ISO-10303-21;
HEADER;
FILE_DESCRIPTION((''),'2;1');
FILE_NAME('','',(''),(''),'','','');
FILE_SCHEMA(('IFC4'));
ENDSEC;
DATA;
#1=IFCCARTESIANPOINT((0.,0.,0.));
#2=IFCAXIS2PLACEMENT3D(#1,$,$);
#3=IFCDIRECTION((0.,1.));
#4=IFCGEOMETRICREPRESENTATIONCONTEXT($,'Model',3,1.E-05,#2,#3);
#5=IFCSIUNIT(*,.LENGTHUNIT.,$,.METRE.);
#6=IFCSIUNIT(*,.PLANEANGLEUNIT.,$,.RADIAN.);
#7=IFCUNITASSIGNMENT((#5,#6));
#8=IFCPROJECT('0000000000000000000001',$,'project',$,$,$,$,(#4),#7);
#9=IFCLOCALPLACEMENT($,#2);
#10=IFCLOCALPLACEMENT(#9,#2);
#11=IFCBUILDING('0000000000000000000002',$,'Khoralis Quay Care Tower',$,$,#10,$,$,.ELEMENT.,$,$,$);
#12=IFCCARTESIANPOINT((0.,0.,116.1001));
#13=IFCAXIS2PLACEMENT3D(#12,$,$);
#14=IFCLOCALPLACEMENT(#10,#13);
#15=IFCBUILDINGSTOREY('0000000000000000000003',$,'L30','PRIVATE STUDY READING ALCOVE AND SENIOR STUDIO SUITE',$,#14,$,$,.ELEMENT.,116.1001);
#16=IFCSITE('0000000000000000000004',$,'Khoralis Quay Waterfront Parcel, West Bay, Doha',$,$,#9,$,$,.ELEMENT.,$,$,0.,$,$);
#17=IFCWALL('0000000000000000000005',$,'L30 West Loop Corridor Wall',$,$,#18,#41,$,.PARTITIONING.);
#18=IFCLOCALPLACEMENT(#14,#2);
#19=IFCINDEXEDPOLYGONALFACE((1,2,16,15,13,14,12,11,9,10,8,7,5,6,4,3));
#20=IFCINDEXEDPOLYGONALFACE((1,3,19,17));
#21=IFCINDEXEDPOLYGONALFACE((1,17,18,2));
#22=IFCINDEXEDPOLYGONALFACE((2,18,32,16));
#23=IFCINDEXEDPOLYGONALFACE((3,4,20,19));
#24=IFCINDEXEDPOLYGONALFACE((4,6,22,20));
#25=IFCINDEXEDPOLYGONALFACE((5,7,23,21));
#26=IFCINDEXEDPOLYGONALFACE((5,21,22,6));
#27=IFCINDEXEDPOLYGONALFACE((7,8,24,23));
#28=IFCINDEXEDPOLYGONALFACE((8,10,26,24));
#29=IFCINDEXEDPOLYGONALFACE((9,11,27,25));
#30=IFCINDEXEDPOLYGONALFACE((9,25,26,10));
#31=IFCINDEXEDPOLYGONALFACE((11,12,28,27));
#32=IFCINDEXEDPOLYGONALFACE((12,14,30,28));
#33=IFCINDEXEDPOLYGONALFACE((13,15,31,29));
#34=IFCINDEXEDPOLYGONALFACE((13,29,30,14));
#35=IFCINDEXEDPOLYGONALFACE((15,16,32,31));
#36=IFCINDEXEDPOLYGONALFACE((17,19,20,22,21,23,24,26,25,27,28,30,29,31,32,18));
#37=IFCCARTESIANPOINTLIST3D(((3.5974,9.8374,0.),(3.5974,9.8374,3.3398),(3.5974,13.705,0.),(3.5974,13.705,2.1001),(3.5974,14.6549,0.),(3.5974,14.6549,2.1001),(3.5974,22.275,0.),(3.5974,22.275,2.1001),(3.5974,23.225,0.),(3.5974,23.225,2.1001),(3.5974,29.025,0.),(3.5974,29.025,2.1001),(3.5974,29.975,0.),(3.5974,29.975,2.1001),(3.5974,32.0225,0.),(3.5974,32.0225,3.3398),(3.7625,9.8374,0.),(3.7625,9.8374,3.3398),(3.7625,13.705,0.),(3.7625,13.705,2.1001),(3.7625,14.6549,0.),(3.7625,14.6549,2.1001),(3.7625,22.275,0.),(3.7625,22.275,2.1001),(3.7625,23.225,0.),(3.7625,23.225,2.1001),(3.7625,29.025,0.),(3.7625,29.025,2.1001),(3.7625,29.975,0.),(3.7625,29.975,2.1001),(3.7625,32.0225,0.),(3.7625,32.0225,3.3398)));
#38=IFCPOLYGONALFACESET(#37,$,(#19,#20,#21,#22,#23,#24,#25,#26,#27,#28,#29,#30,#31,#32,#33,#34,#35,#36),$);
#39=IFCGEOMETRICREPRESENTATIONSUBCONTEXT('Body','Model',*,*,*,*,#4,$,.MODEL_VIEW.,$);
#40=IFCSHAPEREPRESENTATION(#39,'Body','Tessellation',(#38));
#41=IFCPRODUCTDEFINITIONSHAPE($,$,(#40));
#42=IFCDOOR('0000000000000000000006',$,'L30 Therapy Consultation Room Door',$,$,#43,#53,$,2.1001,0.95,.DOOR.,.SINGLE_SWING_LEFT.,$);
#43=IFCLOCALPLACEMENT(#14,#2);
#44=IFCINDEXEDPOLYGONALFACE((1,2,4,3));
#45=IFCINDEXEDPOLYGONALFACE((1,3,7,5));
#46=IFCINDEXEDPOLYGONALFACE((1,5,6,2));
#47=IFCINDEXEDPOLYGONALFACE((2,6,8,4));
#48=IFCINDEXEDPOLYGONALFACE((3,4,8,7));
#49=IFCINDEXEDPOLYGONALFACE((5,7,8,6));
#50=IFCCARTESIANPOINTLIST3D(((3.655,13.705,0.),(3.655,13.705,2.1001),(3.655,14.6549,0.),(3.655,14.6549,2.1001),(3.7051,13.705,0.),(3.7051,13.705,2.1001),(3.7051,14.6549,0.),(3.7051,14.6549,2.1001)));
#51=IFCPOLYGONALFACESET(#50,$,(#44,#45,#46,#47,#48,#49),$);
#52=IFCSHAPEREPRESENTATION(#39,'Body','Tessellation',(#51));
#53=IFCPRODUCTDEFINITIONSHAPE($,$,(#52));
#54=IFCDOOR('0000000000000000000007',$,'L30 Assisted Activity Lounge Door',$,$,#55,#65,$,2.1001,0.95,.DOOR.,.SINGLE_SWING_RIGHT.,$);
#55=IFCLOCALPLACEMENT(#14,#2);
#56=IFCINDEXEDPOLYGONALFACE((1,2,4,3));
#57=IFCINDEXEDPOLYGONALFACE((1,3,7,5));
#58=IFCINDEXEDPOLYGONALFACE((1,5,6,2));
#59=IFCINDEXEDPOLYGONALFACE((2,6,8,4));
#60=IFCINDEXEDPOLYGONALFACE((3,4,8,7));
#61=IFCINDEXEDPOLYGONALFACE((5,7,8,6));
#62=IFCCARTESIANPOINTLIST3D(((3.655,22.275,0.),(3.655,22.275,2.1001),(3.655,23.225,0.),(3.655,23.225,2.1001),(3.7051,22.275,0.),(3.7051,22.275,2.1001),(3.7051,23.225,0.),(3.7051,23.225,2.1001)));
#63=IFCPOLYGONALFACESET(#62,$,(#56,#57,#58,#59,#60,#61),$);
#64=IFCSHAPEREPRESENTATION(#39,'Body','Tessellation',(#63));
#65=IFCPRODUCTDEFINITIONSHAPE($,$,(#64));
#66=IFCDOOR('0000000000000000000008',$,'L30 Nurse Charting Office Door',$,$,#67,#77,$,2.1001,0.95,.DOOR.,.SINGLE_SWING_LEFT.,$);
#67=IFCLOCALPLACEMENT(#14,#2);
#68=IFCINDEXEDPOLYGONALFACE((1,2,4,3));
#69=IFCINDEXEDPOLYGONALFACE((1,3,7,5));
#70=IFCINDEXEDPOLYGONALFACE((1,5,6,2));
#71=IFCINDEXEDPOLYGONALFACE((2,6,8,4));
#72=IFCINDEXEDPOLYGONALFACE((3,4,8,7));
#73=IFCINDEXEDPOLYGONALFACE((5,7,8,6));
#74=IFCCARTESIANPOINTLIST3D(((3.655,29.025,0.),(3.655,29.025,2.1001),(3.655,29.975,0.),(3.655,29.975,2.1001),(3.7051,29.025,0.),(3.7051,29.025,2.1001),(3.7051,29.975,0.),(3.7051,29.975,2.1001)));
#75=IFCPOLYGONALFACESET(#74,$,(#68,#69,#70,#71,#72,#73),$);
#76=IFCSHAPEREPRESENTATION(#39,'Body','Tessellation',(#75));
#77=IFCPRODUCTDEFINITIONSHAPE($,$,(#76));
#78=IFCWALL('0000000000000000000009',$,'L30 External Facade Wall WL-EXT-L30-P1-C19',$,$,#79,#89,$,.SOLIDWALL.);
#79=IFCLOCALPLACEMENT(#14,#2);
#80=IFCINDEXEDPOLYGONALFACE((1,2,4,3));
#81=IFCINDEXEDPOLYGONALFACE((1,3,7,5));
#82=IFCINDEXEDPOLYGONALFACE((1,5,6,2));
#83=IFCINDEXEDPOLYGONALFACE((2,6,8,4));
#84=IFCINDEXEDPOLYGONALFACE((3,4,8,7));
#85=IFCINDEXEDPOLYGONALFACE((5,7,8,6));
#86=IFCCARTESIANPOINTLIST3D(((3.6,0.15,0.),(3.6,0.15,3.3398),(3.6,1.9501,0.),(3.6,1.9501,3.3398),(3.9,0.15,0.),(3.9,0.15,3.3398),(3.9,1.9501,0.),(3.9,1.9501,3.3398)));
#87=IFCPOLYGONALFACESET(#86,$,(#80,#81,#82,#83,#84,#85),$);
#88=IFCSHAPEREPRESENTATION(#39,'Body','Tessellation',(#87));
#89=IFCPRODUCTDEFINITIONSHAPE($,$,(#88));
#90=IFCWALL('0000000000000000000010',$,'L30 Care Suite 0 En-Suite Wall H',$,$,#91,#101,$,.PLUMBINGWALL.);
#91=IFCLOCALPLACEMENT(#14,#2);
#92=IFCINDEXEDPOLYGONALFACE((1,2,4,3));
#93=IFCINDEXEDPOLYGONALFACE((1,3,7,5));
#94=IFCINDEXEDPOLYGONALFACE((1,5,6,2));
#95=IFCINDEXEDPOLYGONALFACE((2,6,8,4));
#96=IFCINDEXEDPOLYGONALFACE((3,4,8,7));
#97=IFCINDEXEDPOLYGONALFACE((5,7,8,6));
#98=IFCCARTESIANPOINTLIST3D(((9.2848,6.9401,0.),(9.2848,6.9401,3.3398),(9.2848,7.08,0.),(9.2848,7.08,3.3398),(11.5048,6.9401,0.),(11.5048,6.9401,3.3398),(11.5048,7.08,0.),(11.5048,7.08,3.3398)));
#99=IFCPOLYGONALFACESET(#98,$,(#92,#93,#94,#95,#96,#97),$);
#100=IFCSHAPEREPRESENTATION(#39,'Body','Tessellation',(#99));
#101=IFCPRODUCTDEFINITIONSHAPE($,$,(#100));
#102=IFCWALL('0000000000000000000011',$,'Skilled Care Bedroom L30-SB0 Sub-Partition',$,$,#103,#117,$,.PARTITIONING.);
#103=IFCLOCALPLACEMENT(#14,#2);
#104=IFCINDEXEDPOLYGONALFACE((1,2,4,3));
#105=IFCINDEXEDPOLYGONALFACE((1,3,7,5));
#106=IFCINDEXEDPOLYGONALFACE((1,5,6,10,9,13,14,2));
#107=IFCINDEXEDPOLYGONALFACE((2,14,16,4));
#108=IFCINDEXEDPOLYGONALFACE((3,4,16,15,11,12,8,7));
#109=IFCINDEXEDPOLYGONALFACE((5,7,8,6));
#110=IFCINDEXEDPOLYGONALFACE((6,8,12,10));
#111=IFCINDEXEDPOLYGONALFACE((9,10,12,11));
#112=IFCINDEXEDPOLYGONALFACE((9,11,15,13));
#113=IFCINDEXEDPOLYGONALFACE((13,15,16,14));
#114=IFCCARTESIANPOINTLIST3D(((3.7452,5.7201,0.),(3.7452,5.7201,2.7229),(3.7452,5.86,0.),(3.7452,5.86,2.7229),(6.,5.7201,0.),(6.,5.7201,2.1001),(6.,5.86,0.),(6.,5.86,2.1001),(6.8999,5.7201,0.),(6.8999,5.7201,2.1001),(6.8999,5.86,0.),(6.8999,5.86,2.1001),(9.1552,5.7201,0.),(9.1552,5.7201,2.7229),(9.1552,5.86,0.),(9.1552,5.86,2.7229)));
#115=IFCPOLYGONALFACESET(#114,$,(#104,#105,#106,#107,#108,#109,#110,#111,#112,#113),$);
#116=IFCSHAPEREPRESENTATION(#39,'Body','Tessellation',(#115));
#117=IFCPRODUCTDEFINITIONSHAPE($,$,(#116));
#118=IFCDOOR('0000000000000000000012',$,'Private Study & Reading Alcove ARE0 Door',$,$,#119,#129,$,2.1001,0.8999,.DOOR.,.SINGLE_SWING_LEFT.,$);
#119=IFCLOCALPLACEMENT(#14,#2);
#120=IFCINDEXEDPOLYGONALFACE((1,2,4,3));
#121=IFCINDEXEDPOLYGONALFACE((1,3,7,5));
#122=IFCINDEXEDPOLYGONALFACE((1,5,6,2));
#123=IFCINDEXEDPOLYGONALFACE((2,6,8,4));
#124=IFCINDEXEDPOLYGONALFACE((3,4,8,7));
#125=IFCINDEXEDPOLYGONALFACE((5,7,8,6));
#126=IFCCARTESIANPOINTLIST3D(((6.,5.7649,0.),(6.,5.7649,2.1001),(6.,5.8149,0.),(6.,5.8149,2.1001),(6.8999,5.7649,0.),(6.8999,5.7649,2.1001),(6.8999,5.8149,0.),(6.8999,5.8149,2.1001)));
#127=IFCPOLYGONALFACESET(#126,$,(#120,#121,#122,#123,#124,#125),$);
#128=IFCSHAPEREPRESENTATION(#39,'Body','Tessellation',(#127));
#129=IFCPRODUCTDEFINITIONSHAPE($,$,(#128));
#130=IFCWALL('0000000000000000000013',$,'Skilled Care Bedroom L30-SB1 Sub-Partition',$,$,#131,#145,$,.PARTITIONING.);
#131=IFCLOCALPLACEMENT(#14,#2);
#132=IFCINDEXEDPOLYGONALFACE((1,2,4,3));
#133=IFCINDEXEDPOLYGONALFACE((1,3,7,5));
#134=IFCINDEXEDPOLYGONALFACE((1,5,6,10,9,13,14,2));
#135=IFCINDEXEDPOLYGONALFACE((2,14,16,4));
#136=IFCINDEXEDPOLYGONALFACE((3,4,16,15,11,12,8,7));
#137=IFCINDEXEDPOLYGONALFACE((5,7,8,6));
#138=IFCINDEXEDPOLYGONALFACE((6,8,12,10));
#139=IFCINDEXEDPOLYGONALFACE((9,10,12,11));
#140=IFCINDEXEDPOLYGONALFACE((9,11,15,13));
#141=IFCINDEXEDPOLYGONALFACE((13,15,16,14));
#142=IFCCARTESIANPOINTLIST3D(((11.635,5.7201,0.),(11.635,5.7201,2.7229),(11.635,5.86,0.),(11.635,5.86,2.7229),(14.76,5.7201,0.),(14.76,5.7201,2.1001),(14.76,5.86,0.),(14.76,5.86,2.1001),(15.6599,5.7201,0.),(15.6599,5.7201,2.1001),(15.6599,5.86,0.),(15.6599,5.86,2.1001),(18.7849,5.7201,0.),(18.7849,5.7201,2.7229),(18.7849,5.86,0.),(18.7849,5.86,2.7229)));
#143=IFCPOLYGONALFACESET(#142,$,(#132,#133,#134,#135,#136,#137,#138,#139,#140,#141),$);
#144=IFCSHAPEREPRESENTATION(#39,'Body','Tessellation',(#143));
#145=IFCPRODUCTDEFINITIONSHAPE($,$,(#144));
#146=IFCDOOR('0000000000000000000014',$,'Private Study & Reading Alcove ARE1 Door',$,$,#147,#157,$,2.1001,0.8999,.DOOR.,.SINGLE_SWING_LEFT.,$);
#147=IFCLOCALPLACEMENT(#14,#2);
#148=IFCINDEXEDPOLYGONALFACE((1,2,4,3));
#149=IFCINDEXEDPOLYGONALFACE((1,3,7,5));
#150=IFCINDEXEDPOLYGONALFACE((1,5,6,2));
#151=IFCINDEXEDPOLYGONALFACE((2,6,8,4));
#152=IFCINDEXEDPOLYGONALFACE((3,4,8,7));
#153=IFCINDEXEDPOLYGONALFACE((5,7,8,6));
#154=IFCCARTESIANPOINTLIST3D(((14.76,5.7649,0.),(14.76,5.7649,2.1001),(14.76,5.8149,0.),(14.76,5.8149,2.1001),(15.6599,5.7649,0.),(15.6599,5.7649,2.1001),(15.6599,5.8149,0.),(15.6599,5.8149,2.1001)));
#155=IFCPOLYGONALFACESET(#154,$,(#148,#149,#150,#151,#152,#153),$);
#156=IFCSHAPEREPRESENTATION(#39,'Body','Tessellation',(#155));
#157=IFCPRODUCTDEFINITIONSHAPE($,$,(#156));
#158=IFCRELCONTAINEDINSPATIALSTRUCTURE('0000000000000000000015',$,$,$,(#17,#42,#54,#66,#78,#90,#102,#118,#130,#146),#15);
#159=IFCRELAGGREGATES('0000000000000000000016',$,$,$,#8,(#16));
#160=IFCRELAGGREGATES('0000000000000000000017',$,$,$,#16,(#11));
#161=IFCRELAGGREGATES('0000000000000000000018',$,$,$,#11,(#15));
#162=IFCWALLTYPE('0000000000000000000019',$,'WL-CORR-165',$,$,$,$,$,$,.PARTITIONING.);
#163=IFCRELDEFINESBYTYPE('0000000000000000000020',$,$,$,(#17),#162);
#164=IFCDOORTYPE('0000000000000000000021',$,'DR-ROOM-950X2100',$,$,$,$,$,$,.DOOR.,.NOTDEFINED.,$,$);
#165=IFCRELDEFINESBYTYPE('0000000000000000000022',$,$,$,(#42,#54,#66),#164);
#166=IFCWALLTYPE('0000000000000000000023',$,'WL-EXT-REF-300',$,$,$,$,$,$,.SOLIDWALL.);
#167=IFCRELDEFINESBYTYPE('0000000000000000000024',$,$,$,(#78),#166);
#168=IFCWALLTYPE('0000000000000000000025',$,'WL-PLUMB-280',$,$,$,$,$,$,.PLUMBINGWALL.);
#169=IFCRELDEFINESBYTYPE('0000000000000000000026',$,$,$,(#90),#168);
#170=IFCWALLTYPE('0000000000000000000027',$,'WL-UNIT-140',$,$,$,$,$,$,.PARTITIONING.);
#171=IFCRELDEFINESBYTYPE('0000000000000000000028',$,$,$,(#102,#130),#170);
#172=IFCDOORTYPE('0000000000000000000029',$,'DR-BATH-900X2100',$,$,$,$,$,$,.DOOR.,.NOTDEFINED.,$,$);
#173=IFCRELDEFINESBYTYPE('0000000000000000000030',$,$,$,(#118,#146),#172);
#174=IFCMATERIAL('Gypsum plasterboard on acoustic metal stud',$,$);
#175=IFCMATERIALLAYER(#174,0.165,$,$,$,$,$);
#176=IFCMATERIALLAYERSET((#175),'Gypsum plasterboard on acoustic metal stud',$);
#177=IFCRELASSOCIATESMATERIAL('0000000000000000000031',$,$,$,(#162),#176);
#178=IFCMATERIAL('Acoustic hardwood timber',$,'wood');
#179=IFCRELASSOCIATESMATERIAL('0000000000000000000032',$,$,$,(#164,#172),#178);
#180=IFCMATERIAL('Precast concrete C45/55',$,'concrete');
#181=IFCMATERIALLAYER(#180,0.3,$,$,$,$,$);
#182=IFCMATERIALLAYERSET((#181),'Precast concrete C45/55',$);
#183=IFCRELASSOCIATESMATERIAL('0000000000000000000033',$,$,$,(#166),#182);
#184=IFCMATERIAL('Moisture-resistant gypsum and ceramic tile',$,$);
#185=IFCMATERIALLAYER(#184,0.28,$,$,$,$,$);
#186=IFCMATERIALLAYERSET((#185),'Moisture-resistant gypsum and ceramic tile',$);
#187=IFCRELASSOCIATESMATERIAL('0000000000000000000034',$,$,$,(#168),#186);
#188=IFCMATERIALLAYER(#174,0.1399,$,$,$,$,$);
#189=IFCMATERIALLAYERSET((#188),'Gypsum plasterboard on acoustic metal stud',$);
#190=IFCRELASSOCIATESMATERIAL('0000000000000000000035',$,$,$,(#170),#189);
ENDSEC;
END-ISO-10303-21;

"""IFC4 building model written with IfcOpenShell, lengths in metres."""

from ifc_helpers import new_model, si_unit, direction, frame, frame_2d, origin, place, context, subcontext, project, spatial, rectangle, extrude, source, transform, mapped, material, layer, layer_set, type_object, element, fill, save


model = new_model("IFC4")

# Units and contexts
model_context = context("Model", 3, precision=1e-05, world=origin(), true_north=direction((0.0, 1.0)))
body_context = subcontext(model_context, "Body", "Model", "MODEL_VIEW")
ifc_project = project(units=[si_unit("LENGTHUNIT", "METRE"), si_unit("PLANEANGLEUNIT", "RADIAN")], contexts=[model_context])

# Site, building, storey
site_placement = place(None, origin())
site = spatial("IfcSite", under=ifc_project, at=site_placement, Name="Khoralis Quay Waterfront Parcel, West Bay, Doha", CompositionType="ELEMENT", RefElevation=0.0)
building_placement = place(site_placement, origin())
building = spatial("IfcBuilding", under=site, at=building_placement, Name="Khoralis Quay Care Tower", CompositionType="ELEMENT")
storey_placement = place(building_placement, frame((0.0, 0.0, 116.1001)))
storey = spatial("IfcBuildingStorey", under=building, at=storey_placement, Name="L30", Description="PRIVATE STUDY READING ALCOVE AND SENIOR STUDIO SUITE", CompositionType="ELEMENT", Elevation=116.1001)

# Shared definitions
ifc_material_1 = material(Name="Gypsum plasterboard on acoustic metal stud")

# Wall, openings, doors
ifc_layer_1 = layer(ifc_material_1, 0.165)
ifc_layer_set_1 = layer_set([ifc_layer_1], Name="Gypsum plasterboard on acoustic metal stud")
wall_type_1 = type_object("IfcWallType", Name="WL-CORR-165", PredefinedType="PARTITIONING", material=ifc_layer_set_1)
wall_1_placement = place(storey_placement, frame((3.6799, 9.8374, 0.0), z_axis=(0.0, 0.0, 1.0), x_axis=(0.0, 1.0, 0.0)))
wall_1 = element("IfcWall", 1, at=wall_1_placement, inside=storey, type_object=wall_type_1, Name="L30 West Loop Corridor Wall", PredefinedType="PARTITIONING", context=body_context, shape_type="SweptSolid", body=[
    extrude(rectangle(XDim=22.1851, YDim=0.165, at=frame_2d((11.0925, 0.0))), origin(), (0.0, 0.0, 1.0), 3.3398),
])
opening_1_placement = place(wall_1_placement, frame((3.8674, 0.0, 0.0)))
opening_1 = element("IfcOpeningElement", 2, at=opening_1_placement, cuts=wall_1, PredefinedType="OPENING", context=body_context, shape_type="SweptSolid", body=[
    extrude(rectangle(XDim=0.95, YDim=2.1001, at=frame_2d((0.4751, 1.05))), frame((0.0, 0.0925, 0.0), z_axis=(0.0, -1.0, 0.0), x_axis=(1.0, 0.0, 0.0)), (0.0, 0.0, 1.0), 0.1851),
])
opening_2_placement = place(wall_1_placement, frame((12.4375, 0.0, 0.0)))
opening_2 = element("IfcOpeningElement", 3, at=opening_2_placement, cuts=wall_1, PredefinedType="OPENING", context=body_context, shape_type="SweptSolid", body=[
    extrude(rectangle(XDim=0.95, YDim=2.1001, at=frame_2d((0.4751, 1.05))), frame((0.0, 0.0925, 0.0), z_axis=(0.0, -1.0, 0.0), x_axis=(1.0, 0.0, 0.0)), (0.0, 0.0, 1.0), 0.1851),
])
opening_3_placement = place(wall_1_placement, frame((19.1875, 0.0, 0.0)))
opening_3 = element("IfcOpeningElement", 4, at=opening_3_placement, cuts=wall_1, PredefinedType="OPENING", context=body_context, shape_type="SweptSolid", body=[
    extrude(rectangle(XDim=0.95, YDim=2.1001, at=frame_2d((0.4751, 1.05))), frame((0.0, 0.0925, 0.0), z_axis=(0.0, -1.0, 0.0), x_axis=(1.0, 0.0, 0.0)), (0.0, 0.0, 1.0), 0.1851),
])
ifc_material_2 = material(Name="Acoustic hardwood timber", Category="wood")
door_type_1 = type_object("IfcDoorType", Name="DR-ROOM-950X2100", OperationType="NOTDEFINED", PredefinedType="DOOR", material=ifc_material_2)
shared_shape_1 = source(origin(), body_context, "Body", "SweptSolid", [
    extrude(rectangle(XDim=0.95, YDim=2.1001, at=frame_2d((0.4751, 1.05))), frame((0.0, 0.0249, 0.0), z_axis=(0.0, -1.0, 0.0), x_axis=(1.0, 0.0, 0.0)), (0.0, 0.0, 1.0), 0.05),
])
door_1_placement = place(opening_1_placement, origin())
door_1 = element("IfcDoor", 5, at=door_1_placement, inside=storey, type_object=door_type_1, Name="L30 Therapy Consultation Room Door", OperationType="SINGLE_SWING_LEFT", OverallHeight=2.1001, OverallWidth=0.95, PredefinedType="DOOR", context=body_context, shape_type="MappedRepresentation", body=[
    mapped(shared_shape_1, transform((0.0, 0.0, 0.0), scale=1.0)),
])
fill(opening_1, door_1)
door_2_placement = place(opening_2_placement, origin())
door_2 = element("IfcDoor", 6, at=door_2_placement, inside=storey, type_object=door_type_1, Name="L30 Assisted Activity Lounge Door", OperationType="SINGLE_SWING_RIGHT", OverallHeight=2.1001, OverallWidth=0.95, PredefinedType="DOOR", context=body_context, shape_type="MappedRepresentation", body=[
    mapped(shared_shape_1, transform((0.0, 0.0, 0.0), scale=1.0)),
])
fill(opening_2, door_2)
door_3_placement = place(opening_3_placement, origin())
door_3 = element("IfcDoor", 7, at=door_3_placement, inside=storey, type_object=door_type_1, Name="L30 Nurse Charting Office Door", OperationType="SINGLE_SWING_LEFT", OverallHeight=2.1001, OverallWidth=0.95, PredefinedType="DOOR", context=body_context, shape_type="MappedRepresentation", body=[
    mapped(shared_shape_1, transform((0.0, 0.0, 0.0), scale=1.0)),
])
fill(opening_3, door_3)

# Walls
ifc_material_3 = material(Name="Precast concrete C45/55", Category="concrete")
ifc_layer_2 = layer(ifc_material_3, 0.3)
ifc_layer_set_2 = layer_set([ifc_layer_2], Name="Precast concrete C45/55")
wall_type_2 = type_object("IfcWallType", Name="WL-EXT-REF-300", PredefinedType="SOLIDWALL", material=ifc_layer_set_2)
wall_2_placement = place(storey_placement, frame((3.75, 1.95, 0.0), z_axis=(0.0, 0.0, 1.0), x_axis=(0.0, -1.0, 0.0)))
element("IfcWall", 8, at=wall_2_placement, inside=storey, type_object=wall_type_2, Name="L30 External Facade Wall WL-EXT-L30-P1-C19", PredefinedType="SOLIDWALL", context=body_context, shape_type="SweptSolid", body=[
    extrude(rectangle(XDim=1.8, YDim=0.3, at=frame_2d((0.8999, 0.0))), origin(), (0.0, 0.0, 1.0), 3.3398),
])
ifc_material_4 = material(Name="Moisture-resistant gypsum and ceramic tile")
ifc_layer_3 = layer(ifc_material_4, 0.28)
ifc_layer_set_3 = layer_set([ifc_layer_3], Name="Moisture-resistant gypsum and ceramic tile")
wall_type_3 = type_object("IfcWallType", Name="WL-PLUMB-280", PredefinedType="PLUMBINGWALL", material=ifc_layer_set_3)
wall_3_placement = place(storey_placement, frame((9.2849, 7.01, 0.0), z_axis=(0.0, 0.0, 1.0), x_axis=(1.0, 0.0, 0.0)))
element("IfcWall", 9, at=wall_3_placement, inside=storey, type_object=wall_type_3, Name="L30 Care Suite 0 En-Suite Wall H", PredefinedType="PLUMBINGWALL", context=body_context, shape_type="SweptSolid", body=[
    extrude(rectangle(XDim=2.22, YDim=0.1399, at=frame_2d((1.1099, 0.0))), origin(), (0.0, 0.0, 1.0), 3.3398),
])

# Walls, openings, doors
ifc_layer_4 = layer(ifc_material_1, 0.1399)
ifc_layer_set_4 = layer_set([ifc_layer_4], Name="Gypsum plasterboard on acoustic metal stud")
wall_type_4 = type_object("IfcWallType", Name="WL-UNIT-140", PredefinedType="PARTITIONING", material=ifc_layer_set_4)
wall_4_placement = place(storey_placement, frame((3.7451, 5.79, 0.0), z_axis=(0.0, 0.0, 1.0), x_axis=(1.0, 0.0, 0.0)))
wall_4 = element("IfcWall", 10, at=wall_4_placement, inside=storey, type_object=wall_type_4, Name="Skilled Care Bedroom L30-SB0 Sub-Partition", PredefinedType="PARTITIONING", context=body_context, shape_type="SweptSolid", body=[
    extrude(rectangle(XDim=5.4099, YDim=0.1399, at=frame_2d((2.7051, 0.0))), origin(), (0.0, 0.0, 1.0), 2.7229),
])
opening_4_placement = place(wall_4_placement, frame((2.2549, 0.0, 0.0)))
opening_4 = element("IfcOpeningElement", 11, at=opening_4_placement, cuts=wall_4, PredefinedType="OPENING", context=body_context, shape_type="SweptSolid", body=[
    extrude(rectangle(XDim=0.8999, YDim=2.1001, at=frame_2d((0.45, 1.05))), frame((0.0, 0.0801, 0.0), z_axis=(0.0, -1.0, 0.0), x_axis=(1.0, 0.0, 0.0)), (0.0, 0.0, 1.0), 0.1599),
])
door_type_2 = type_object("IfcDoorType", Name="DR-BATH-900X2100", OperationType="NOTDEFINED", PredefinedType="DOOR", material=ifc_material_2)
shared_shape_2 = source(origin(), body_context, "Body", "SweptSolid", [
    extrude(rectangle(XDim=0.8999, YDim=2.1001, at=frame_2d((0.45, 1.05))), frame((0.0, 0.0249, 0.0), z_axis=(0.0, -1.0, 0.0), x_axis=(1.0, 0.0, 0.0)), (0.0, 0.0, 1.0), 0.05),
])
door_4_placement = place(opening_4_placement, origin())
door_4 = element("IfcDoor", 12, at=door_4_placement, inside=storey, type_object=door_type_2, Name="Private Study & Reading Alcove ARE0 Door", OperationType="SINGLE_SWING_LEFT", OverallHeight=2.1001, OverallWidth=0.8999, PredefinedType="DOOR", context=body_context, shape_type="MappedRepresentation", body=[
    mapped(shared_shape_2, transform((0.0, 0.0, 0.0), scale=1.0)),
])
fill(opening_4, door_4)
wall_5_placement = place(storey_placement, frame((11.635, 5.79, 0.0), z_axis=(0.0, 0.0, 1.0), x_axis=(1.0, 0.0, 0.0)))
wall_5 = element("IfcWall", 13, at=wall_5_placement, inside=storey, type_object=wall_type_4, Name="Skilled Care Bedroom L30-SB1 Sub-Partition", PredefinedType="PARTITIONING", context=body_context, shape_type="SweptSolid", body=[
    extrude(rectangle(XDim=7.1499, YDim=0.1399, at=frame_2d((3.575, 0.0))), origin(), (0.0, 0.0, 1.0), 2.7229),
])
opening_5_placement = place(wall_5_placement, frame((3.125, 0.0, 0.0)))
opening_5 = element("IfcOpeningElement", 14, at=opening_5_placement, cuts=wall_5, PredefinedType="OPENING", context=body_context, shape_type="SweptSolid", body=[
    extrude(rectangle(XDim=0.8999, YDim=2.1001, at=frame_2d((0.45, 1.05))), frame((0.0, 0.0801, 0.0), z_axis=(0.0, -1.0, 0.0), x_axis=(1.0, 0.0, 0.0)), (0.0, 0.0, 1.0), 0.1599),
])
door_5_placement = place(opening_5_placement, origin())
door_5 = element("IfcDoor", 15, at=door_5_placement, inside=storey, type_object=door_type_2, Name="Private Study & Reading Alcove ARE1 Door", OperationType="SINGLE_SWING_LEFT", OverallHeight=2.1001, OverallWidth=0.8999, PredefinedType="DOOR", context=body_context, shape_type="MappedRepresentation", body=[
    mapped(shared_shape_2, transform((0.0, 0.0, 0.0), scale=1.0)),
])
fill(opening_5, door_5)

save(model, "model.ifc")
